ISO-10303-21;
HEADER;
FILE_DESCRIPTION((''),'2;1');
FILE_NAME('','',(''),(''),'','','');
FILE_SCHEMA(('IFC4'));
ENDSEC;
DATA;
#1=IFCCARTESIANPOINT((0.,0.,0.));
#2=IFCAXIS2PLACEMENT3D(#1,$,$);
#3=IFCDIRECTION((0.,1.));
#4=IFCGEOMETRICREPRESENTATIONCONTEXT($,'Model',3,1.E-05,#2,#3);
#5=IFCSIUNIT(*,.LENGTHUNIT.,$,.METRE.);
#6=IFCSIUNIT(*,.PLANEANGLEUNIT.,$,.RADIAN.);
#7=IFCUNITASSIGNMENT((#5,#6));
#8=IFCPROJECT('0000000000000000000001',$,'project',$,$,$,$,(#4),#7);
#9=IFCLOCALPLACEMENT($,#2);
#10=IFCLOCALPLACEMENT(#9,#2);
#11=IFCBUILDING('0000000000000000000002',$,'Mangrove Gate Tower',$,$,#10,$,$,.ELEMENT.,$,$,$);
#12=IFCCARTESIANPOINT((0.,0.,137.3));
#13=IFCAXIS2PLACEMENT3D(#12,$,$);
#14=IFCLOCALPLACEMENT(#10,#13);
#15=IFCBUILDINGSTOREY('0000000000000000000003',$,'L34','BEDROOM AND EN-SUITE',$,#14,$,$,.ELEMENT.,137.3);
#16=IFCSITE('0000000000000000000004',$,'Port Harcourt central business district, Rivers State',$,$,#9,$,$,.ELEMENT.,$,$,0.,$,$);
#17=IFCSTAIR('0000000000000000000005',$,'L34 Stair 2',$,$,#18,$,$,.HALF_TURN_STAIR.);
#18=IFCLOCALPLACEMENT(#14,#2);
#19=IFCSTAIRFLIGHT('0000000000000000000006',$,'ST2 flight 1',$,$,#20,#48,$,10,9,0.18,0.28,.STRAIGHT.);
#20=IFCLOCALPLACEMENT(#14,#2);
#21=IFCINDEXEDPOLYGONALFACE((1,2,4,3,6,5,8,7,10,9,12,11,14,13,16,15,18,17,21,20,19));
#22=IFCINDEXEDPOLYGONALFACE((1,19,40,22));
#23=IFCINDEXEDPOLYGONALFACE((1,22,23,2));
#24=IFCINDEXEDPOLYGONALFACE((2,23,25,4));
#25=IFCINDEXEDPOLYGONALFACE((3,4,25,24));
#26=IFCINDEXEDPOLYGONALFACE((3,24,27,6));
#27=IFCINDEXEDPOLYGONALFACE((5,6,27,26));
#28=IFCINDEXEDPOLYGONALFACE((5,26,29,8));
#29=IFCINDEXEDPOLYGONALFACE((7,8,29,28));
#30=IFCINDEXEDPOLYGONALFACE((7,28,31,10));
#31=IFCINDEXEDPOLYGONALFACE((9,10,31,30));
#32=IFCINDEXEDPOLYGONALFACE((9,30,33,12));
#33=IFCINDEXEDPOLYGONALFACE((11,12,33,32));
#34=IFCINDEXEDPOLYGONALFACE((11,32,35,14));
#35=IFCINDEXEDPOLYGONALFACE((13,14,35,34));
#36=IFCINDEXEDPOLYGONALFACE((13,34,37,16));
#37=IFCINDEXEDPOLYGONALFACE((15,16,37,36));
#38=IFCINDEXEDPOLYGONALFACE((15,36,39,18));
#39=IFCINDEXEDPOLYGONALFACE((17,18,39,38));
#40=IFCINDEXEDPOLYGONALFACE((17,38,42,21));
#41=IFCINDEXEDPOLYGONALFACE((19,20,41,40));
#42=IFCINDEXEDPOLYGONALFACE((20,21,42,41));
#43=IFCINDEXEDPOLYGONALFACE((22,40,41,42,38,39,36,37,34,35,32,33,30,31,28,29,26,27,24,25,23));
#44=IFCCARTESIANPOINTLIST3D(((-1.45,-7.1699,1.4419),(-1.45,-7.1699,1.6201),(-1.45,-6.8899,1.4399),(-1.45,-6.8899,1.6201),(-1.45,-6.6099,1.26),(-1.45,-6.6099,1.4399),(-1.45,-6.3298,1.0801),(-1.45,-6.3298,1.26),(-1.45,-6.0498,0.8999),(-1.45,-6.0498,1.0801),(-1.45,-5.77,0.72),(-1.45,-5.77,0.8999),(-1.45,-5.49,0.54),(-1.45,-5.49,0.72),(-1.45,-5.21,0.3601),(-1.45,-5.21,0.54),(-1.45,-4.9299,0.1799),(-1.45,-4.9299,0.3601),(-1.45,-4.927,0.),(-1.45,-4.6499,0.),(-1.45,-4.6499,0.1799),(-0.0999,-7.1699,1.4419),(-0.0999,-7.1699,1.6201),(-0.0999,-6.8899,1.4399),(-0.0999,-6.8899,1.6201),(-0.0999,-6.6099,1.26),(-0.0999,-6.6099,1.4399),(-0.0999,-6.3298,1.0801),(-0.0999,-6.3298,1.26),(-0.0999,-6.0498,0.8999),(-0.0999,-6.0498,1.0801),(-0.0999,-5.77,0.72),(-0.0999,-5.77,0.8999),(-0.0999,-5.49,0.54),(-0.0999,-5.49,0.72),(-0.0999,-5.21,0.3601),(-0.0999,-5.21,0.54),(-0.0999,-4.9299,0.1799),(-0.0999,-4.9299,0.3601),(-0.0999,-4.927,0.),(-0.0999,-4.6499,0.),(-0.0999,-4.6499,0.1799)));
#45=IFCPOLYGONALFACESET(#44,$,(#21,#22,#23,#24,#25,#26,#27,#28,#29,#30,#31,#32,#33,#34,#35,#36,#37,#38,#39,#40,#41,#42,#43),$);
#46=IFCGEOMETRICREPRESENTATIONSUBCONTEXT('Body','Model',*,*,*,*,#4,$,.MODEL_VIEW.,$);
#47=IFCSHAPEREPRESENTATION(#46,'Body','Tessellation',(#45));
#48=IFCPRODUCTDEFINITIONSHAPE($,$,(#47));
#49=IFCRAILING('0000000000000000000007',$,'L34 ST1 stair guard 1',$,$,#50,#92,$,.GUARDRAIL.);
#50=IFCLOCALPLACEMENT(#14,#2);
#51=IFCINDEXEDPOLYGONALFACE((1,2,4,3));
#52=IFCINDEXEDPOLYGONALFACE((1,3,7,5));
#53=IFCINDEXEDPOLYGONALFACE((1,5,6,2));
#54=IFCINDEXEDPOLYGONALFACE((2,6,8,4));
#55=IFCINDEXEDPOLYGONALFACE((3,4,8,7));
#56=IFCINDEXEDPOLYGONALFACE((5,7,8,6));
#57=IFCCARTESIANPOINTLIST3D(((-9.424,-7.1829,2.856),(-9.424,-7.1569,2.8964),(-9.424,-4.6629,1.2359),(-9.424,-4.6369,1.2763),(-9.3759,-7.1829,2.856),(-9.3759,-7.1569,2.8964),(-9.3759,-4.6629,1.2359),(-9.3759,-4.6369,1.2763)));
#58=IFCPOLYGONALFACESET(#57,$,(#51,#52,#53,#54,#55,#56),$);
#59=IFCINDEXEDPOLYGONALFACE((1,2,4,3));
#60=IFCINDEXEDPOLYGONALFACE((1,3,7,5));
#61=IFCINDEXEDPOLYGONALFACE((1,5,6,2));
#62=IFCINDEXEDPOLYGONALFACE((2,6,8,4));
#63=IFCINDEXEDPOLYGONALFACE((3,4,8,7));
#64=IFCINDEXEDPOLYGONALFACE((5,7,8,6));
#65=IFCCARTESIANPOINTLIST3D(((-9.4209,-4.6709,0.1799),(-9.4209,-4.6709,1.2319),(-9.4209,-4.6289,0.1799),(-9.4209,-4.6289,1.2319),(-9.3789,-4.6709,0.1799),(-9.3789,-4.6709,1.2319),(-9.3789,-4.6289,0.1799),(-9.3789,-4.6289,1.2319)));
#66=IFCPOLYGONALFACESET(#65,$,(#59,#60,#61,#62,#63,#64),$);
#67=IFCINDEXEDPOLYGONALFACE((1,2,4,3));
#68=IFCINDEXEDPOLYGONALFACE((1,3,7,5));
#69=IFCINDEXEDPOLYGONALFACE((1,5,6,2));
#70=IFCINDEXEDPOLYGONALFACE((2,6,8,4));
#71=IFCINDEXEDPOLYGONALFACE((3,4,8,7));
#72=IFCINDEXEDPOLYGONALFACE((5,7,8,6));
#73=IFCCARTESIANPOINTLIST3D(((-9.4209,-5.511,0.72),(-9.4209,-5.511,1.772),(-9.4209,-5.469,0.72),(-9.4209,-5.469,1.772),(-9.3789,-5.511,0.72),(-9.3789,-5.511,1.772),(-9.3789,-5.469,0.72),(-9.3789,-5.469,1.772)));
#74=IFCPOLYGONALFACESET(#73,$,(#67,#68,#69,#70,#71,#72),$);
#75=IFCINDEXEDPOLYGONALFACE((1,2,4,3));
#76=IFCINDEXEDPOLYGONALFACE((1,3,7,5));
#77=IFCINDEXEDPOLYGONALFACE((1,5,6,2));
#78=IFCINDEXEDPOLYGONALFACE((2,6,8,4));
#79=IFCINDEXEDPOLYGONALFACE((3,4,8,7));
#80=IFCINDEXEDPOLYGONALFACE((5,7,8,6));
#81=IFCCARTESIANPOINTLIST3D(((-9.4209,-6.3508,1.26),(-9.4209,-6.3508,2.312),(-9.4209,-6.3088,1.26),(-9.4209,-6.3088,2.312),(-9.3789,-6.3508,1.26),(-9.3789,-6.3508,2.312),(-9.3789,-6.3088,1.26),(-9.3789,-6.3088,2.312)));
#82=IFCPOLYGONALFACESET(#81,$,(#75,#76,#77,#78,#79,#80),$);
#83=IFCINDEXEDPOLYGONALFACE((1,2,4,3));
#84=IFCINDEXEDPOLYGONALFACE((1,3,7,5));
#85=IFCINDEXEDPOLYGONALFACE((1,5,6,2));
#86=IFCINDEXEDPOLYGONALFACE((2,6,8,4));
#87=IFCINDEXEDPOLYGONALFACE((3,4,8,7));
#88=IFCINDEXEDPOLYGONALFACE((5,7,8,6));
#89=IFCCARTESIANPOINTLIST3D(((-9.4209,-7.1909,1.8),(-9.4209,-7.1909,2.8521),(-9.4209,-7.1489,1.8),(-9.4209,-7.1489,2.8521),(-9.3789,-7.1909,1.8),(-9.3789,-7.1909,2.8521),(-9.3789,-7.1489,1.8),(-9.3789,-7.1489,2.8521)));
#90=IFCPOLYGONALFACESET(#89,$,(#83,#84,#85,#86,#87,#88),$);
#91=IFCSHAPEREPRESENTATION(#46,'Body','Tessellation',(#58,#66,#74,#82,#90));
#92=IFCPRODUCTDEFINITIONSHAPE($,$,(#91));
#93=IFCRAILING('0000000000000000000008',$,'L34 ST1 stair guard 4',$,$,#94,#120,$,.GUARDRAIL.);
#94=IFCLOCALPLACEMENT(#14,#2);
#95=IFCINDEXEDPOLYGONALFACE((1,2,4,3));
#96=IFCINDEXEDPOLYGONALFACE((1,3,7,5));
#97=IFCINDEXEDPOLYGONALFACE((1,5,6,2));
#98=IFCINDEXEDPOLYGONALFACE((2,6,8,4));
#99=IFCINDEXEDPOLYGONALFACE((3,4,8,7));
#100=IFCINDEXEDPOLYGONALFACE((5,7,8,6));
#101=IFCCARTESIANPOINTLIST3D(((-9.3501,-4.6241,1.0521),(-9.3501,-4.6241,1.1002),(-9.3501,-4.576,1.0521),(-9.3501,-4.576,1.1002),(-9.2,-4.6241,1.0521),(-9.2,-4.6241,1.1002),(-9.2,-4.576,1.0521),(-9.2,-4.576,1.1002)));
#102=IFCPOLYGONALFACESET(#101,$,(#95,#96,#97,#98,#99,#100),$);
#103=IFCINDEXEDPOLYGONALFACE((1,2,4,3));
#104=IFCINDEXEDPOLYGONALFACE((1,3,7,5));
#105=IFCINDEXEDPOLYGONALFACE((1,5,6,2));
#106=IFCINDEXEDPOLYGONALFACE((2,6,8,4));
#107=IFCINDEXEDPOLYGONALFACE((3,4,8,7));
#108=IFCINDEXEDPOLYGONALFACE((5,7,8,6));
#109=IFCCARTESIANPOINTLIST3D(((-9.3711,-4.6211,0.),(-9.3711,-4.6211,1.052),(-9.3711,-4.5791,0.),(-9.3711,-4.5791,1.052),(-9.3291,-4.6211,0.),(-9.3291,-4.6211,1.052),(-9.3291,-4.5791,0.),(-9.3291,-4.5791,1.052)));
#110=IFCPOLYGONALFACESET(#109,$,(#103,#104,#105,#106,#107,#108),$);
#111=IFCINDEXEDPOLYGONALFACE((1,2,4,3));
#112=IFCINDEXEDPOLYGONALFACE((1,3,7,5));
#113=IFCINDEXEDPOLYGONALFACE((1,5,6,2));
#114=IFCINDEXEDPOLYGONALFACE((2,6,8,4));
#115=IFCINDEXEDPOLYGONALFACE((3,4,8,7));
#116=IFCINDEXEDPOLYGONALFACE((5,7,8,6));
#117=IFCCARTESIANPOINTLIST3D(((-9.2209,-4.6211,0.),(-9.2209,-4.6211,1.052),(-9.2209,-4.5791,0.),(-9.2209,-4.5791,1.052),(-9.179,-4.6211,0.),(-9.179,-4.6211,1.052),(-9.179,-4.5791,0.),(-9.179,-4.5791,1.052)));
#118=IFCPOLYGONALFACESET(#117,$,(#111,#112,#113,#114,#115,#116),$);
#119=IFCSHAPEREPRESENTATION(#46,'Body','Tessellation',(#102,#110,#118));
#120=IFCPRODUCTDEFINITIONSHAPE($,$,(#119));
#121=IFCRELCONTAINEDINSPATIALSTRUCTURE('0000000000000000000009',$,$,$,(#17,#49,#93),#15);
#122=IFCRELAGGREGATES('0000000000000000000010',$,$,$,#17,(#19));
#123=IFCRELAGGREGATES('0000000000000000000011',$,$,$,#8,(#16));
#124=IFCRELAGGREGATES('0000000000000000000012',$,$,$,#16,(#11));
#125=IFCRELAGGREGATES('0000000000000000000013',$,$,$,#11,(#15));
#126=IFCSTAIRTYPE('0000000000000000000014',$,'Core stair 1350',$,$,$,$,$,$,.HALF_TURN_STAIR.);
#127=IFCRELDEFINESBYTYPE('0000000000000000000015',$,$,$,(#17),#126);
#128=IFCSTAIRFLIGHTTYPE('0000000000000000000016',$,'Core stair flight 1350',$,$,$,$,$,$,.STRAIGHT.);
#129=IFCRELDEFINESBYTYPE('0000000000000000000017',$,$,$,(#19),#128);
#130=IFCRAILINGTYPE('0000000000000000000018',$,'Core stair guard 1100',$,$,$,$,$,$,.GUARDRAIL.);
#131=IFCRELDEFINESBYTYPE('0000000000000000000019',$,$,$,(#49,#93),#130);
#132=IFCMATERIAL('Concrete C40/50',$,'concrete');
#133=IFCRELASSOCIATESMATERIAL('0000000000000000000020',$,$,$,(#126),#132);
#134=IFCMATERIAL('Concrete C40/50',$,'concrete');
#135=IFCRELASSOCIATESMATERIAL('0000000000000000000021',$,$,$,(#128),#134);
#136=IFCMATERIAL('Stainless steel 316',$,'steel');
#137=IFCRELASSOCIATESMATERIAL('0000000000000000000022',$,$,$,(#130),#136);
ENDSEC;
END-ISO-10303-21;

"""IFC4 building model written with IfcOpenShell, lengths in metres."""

from ifc_helpers import new_model, si_unit, direction, frame, origin, origin_2d, place, context, subcontext, project, spatial, polyline, rectangle, outline, extrude, material, type_object, element, aggregate, save


model = new_model("IFC4")

# Units and contexts
model_context = context("Model", 3, precision=1e-05, world=origin(), true_north=direction((0.0, 1.0)))
body_context = subcontext(model_context, "Body", "Model", "MODEL_VIEW")
ifc_project = project(units=[si_unit("LENGTHUNIT", "METRE"), si_unit("PLANEANGLEUNIT", "RADIAN")], contexts=[model_context])

# Site, building, storey
site_placement = place(None, origin())
site = spatial("IfcSite", under=ifc_project, at=site_placement, Name="Port Harcourt central business district, Rivers State", CompositionType="ELEMENT", RefElevation=0.0)
building_placement = place(site_placement, origin())
building = spatial("IfcBuilding", under=site, at=building_placement, Name="Mangrove Gate Tower", CompositionType="ELEMENT")
storey_placement = place(building_placement, frame((0.0, 0.0, 137.3)))
storey = spatial("IfcBuildingStorey", under=building, at=storey_placement, Name="L34", Description="BEDROOM AND EN-SUITE", CompositionType="ELEMENT", Elevation=137.3)

# Stair, stair flight
ifc_material_1 = material(Name="Concrete C40/50", Category="concrete")
stair_type = type_object("IfcStairType", Name="Core stair 1350", PredefinedType="HALF_TURN_STAIR", material=ifc_material_1)
ifc_material_2 = material(Name="Concrete C40/50", Category="concrete")
stair_flight_type = type_object("IfcStairFlightType", Name="Core stair flight 1350", PredefinedType="STRAIGHT", material=ifc_material_2)
stair_1_placement = place(storey_placement, origin())
stair_1 = element("IfcStair", 1, at=stair_1_placement, inside=storey, type_object=stair_type, Name="L34 Stair 2", PredefinedType="HALF_TURN_STAIR")
stair_flight_1_placement = place(storey_placement, frame((-0.7749, -4.6499, 0.0), z_axis=(0.0, 0.0, 1.0), x_axis=(0.0, -1.0, 0.0)))
stair_flight_1 = element("IfcStairFlight", 2, at=stair_flight_1_placement, type_object=stair_flight_type, Name="ST2 flight 1", NumberOfRisers=10, NumberOfTreads=9, PredefinedType="STRAIGHT", RiserHeight=0.18, TreadLength=0.28, context=body_context, shape_type="SweptSolid", body=[
    extrude(outline(polyline([(0.0, 0.0), (0.0, 0.1799), (0.28, 0.1799), (0.28, 0.3601), (0.5601, 0.3601), (0.5601, 0.54), (0.8401, 0.54), (0.8401, 0.72), (1.1201, 0.72), (1.1201, 0.8999), (1.3999, 0.8999), (1.3999, 1.0801), (1.6799, 1.0801), (1.6799, 1.26), (1.96, 1.26), (1.96, 1.4399), (2.24, 1.4399), (2.24, 1.6201), (2.52, 1.6201), (2.52, 1.8), (2.52, 1.4419), (0.2771, 0.0), (0.0, 0.0)])), frame((0.0, 0.675, 0.0), z_axis=(0.0, -1.0, 0.0), x_axis=(1.0, 0.0, 0.0)), (0.0, 0.0, 1.0), 1.3501),
])
aggregate(stair_1, [stair_flight_1])

# Railings
ifc_material_3 = material(Name="Stainless steel 316", Category="steel")
railing_type_1 = type_object("IfcRailingType", Name="Core stair guard 1100", PredefinedType="GUARDRAIL", material=ifc_material_3)
railing_1_placement = place(storey_placement, frame((-9.3999, -4.6499, 0.1799)))
element("IfcRailing", 3, at=railing_1_placement, inside=storey, type_object=railing_type_1, Name="L34 ST1 stair guard 1", PredefinedType="GUARDRAIL", context=body_context, shape_type="SweptSolid", body=[
    extrude(rectangle(XDim=0.0481, YDim=0.0481, at=origin_2d()), frame((0.0, 0.0, 1.0762), z_axis=(0.0, -0.841163, 0.540782), x_axis=(1.0, 0.0, 0.0)), (0.0, 0.0, 1.0), 2.9958),
    extrude(rectangle(XDim=0.042, YDim=0.042, at=origin_2d()), origin(), (0.0, 0.0, 1.0), 1.052),
    extrude(rectangle(XDim=0.042, YDim=0.042, at=origin_2d()), frame((0.0, -0.8401, 0.54)), (0.0, 0.0, 1.0), 1.052),
    extrude(rectangle(XDim=0.042, YDim=0.042, at=origin_2d()), frame((0.0, -1.6799, 1.0801)), (0.0, 0.0, 1.0), 1.052),
    extrude(rectangle(XDim=0.042, YDim=0.042, at=origin_2d()), frame((0.0, -2.52, 1.6201)), (0.0, 0.0, 1.0), 1.052),
])
railing_2_placement = place(storey_placement, frame((-9.3501, -4.6001, 0.0)))
element("IfcRailing", 4, at=railing_2_placement, inside=storey, type_object=railing_type_1, Name="L34 ST1 stair guard 4", PredefinedType="GUARDRAIL", context=body_context, shape_type="SweptSolid", body=[
    extrude(rectangle(XDim=0.0481, YDim=0.0481, at=origin_2d()), frame((0.0, 0.0, 1.0762), z_axis=(1.0, 0.0, 0.0), x_axis=(0.0, 1.0, 0.0)), (0.0, 0.0, 1.0), 0.1501),
    extrude(rectangle(XDim=0.042, YDim=0.042, at=origin_2d()), origin(), (0.0, 0.0, 1.0), 1.052),
    extrude(rectangle(XDim=0.042, YDim=0.042, at=origin_2d()), frame((0.1501, 0.0, 0.0)), (0.0, 0.0, 1.0), 1.052),
])

save(model, "model.ifc")
